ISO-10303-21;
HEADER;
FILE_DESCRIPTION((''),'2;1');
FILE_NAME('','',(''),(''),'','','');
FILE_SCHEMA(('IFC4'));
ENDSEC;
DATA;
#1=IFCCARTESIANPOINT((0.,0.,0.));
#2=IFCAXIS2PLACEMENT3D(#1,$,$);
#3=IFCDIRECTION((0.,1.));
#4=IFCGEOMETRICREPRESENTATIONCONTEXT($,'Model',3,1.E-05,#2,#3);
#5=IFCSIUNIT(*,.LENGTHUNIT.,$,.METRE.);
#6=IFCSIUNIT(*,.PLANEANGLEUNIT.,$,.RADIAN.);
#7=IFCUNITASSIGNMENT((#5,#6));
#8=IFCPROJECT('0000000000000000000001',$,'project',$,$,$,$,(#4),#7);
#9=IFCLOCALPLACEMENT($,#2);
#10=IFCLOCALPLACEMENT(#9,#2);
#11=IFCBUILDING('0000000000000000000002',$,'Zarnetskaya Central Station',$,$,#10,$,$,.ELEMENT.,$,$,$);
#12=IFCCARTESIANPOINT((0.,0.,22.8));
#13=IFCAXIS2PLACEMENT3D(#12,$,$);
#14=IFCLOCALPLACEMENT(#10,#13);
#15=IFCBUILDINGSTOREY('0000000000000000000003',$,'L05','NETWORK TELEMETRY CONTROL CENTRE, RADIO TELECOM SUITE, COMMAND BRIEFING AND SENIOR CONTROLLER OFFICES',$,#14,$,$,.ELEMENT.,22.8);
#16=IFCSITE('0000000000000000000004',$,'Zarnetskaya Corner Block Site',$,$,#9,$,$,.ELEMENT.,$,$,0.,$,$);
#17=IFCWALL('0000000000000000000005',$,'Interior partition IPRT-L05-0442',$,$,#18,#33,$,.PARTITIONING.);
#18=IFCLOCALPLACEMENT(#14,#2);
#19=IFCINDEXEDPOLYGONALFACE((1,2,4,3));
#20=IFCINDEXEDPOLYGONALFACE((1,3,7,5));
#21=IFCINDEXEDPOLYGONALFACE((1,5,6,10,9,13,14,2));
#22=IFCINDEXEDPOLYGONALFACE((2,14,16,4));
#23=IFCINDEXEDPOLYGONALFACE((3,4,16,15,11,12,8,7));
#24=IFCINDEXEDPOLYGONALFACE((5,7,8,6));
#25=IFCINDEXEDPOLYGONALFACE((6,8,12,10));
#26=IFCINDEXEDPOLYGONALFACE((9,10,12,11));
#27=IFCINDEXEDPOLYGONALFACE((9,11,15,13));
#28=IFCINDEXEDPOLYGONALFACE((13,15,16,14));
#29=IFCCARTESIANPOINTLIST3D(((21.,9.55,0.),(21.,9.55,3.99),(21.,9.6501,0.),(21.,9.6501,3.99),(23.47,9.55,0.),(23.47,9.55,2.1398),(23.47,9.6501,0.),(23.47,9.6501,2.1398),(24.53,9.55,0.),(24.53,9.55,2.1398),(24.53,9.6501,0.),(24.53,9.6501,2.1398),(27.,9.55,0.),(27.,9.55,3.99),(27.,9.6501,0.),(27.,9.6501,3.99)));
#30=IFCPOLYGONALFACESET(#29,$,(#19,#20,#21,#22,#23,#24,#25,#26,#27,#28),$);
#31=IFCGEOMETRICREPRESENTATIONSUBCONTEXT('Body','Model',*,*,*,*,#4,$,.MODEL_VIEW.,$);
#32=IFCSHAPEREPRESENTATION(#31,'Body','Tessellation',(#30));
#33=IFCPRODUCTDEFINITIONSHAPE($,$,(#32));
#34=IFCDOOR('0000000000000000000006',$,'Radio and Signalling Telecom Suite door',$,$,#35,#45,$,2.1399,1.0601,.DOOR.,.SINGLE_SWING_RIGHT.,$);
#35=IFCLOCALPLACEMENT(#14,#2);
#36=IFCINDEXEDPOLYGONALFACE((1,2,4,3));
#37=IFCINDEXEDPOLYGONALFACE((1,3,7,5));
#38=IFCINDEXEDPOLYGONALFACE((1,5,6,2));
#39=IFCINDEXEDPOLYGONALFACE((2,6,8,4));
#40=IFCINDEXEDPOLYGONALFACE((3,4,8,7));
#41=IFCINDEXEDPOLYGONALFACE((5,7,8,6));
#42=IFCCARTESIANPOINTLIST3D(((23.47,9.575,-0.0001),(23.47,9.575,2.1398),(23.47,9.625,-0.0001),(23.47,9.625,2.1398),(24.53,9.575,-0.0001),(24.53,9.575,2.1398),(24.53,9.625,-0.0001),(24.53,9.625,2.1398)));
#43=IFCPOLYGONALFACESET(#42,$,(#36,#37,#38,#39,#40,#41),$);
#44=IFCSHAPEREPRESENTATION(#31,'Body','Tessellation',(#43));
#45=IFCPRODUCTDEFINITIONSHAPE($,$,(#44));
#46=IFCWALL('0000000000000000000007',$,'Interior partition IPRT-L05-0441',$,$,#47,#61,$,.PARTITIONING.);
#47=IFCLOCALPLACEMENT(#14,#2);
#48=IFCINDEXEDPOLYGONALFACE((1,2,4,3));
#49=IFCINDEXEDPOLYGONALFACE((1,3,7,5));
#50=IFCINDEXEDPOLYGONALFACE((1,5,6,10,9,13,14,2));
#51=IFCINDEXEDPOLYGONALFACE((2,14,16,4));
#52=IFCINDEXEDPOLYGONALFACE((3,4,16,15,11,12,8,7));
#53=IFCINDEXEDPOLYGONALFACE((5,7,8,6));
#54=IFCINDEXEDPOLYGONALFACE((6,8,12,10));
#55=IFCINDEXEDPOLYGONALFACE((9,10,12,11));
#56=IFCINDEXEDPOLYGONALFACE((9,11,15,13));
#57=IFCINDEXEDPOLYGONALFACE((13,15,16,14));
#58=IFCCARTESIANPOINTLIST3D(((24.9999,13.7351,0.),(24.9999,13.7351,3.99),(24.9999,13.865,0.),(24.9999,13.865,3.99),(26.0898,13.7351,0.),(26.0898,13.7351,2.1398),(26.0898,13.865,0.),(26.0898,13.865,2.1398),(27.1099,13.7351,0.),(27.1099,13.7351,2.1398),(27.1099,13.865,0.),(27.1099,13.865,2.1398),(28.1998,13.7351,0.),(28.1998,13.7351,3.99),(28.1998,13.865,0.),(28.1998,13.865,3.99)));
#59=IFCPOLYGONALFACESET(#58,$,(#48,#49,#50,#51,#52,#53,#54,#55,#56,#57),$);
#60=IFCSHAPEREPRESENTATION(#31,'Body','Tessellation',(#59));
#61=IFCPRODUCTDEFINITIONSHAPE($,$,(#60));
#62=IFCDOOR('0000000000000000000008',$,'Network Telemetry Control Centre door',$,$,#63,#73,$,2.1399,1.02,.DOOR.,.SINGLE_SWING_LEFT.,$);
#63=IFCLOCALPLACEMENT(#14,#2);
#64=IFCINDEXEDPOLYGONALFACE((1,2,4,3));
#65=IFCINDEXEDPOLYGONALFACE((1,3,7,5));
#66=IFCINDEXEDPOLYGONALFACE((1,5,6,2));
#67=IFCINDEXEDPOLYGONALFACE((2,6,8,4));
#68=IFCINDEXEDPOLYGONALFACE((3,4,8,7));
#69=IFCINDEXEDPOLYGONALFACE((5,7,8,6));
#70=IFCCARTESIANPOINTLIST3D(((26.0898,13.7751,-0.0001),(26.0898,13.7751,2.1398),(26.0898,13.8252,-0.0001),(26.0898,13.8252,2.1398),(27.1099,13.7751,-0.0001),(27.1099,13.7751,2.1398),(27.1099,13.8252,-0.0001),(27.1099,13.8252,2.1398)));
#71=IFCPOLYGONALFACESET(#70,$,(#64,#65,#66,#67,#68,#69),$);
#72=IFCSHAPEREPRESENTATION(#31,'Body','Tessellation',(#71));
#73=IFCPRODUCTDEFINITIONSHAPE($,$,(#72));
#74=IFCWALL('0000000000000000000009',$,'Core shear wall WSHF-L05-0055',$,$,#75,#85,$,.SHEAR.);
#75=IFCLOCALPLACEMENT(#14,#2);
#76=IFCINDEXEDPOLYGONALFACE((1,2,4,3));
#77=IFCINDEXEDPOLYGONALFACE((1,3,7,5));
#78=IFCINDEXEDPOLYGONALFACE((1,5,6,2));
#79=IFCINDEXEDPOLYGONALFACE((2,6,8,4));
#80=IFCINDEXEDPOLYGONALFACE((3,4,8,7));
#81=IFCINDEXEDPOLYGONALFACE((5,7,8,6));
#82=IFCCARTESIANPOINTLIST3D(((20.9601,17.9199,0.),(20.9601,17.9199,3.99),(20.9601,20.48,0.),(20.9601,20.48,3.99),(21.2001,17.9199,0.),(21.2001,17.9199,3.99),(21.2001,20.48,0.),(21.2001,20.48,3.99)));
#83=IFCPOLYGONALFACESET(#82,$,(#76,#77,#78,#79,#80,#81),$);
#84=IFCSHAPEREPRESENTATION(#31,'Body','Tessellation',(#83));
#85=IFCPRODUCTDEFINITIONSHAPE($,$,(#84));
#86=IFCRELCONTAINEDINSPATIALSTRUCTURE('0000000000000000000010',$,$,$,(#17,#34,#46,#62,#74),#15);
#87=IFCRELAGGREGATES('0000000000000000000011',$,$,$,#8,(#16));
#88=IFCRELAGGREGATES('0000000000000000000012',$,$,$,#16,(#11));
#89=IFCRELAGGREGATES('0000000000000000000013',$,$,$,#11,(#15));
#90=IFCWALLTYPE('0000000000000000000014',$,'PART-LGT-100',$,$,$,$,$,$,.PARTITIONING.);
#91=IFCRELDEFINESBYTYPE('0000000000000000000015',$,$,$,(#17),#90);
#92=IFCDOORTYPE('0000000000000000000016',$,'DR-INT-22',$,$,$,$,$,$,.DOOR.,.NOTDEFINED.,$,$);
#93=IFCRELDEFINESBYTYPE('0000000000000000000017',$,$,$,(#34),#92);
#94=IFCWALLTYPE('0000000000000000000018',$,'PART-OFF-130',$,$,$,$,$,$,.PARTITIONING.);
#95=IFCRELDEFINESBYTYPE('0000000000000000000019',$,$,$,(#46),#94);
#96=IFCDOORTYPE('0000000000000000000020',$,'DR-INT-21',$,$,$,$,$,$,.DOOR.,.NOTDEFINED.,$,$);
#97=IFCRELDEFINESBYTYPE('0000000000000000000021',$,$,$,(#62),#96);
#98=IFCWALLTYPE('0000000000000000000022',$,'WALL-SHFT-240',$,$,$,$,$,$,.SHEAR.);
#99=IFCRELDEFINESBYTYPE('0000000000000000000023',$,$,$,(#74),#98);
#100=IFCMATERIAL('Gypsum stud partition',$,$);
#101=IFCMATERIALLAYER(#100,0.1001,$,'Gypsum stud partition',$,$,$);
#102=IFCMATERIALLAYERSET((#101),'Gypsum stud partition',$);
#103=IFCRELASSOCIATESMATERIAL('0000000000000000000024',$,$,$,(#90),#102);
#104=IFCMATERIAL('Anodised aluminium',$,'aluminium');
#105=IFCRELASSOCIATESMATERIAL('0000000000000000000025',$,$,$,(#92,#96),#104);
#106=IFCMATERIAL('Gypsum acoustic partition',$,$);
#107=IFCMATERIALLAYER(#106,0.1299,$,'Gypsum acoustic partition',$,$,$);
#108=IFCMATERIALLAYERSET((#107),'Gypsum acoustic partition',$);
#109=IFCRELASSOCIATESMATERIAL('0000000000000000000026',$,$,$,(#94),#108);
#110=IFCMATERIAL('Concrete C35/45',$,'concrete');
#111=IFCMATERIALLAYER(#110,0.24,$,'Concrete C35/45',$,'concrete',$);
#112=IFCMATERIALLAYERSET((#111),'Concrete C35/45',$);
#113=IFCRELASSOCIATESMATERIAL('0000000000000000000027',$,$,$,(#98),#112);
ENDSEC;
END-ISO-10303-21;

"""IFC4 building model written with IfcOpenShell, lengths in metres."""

from ifc_helpers import new_model, si_unit, direction, frame, frame_2d, origin, place, context, subcontext, project, spatial, rectangle, extrude, material, layer, layer_set, type_object, element, fill, save


model = new_model("IFC4")

# Units and contexts
model_context = context("Model", 3, precision=1e-05, world=origin(), true_north=direction((0.0, 1.0)))
body_context = subcontext(model_context, "Body", "Model", "MODEL_VIEW")
ifc_project = project(units=[si_unit("LENGTHUNIT", "METRE"), si_unit("PLANEANGLEUNIT", "RADIAN")], contexts=[model_context])

# Site, building, storey
site_placement = place(None, origin())
site = spatial("IfcSite", under=ifc_project, at=site_placement, Name="Zarnetskaya Corner Block Site", CompositionType="ELEMENT", RefElevation=0.0)
building_placement = place(site_placement, origin())
building = spatial("IfcBuilding", under=site, at=building_placement, Name="Zarnetskaya Central Station", CompositionType="ELEMENT")
storey_placement = place(building_placement, frame((0.0, 0.0, 22.8)))
storey = spatial("IfcBuildingStorey", under=building, at=storey_placement, Name="L05", Description="NETWORK TELEMETRY CONTROL CENTRE, RADIO TELECOM SUITE, COMMAND BRIEFING AND SENIOR CONTROLLER OFFICES", CompositionType="ELEMENT", Elevation=22.8)

# Shared definitions
ifc_material_1 = material(Name="Anodised aluminium", Category="aluminium")

# Walls, openings, doors
ifc_material_2 = material(Name="Gypsum stud partition")
ifc_layer_1 = layer(ifc_material_2, 0.1001, Name="Gypsum stud partition")
ifc_layer_set_1 = layer_set([ifc_layer_1], Name="Gypsum stud partition")
wall_type_1 = type_object("IfcWallType", Name="PART-LGT-100", PredefinedType="PARTITIONING", material=ifc_layer_set_1)
wall_1_placement = place(storey_placement, frame((21.0, 9.6001, 0.0), z_axis=(0.0, 0.0, 1.0), x_axis=(1.0, 0.0, 0.0)))
wall_1 = element("IfcWall", 1, at=wall_1_placement, inside=storey, type_object=wall_type_1, Name="Interior partition IPRT-L05-0442", PredefinedType="PARTITIONING", context=body_context, shape_type="SweptSolid", body=[
    extrude(rectangle(XDim=6.0, YDim=0.1001, at=frame_2d((3.0, 0.0))), origin(), (0.0, 0.0, 1.0), 3.99),
])
opening_1_placement = place(wall_1_placement, frame((2.47, 0.0, 0.0)))
opening_1 = element("IfcOpeningElement", 2, at=opening_1_placement, cuts=wall_1, PredefinedType="OPENING", context=body_context, shape_type="SweptSolid", body=[
    extrude(rectangle(XDim=1.0601, YDim=2.1399, at=frame_2d((0.53, 1.0698))), frame((0.0, 0.0601, 0.0), z_axis=(0.0, -1.0, 0.0), x_axis=(1.0, 0.0, 0.0)), (0.0, 0.0, 1.0), 0.1201),
])
door_type_1 = type_object("IfcDoorType", Name="DR-INT-22", OperationType="NOTDEFINED", PredefinedType="DOOR", material=ifc_material_1)
door_1_placement = place(opening_1_placement, origin())
door_1 = element("IfcDoor", 3, at=door_1_placement, inside=storey, type_object=door_type_1, Name="Radio and Signalling Telecom Suite door", OperationType="SINGLE_SWING_RIGHT", OverallHeight=2.1399, OverallWidth=1.0601, PredefinedType="DOOR", context=body_context, shape_type="SweptSolid", body=[
    extrude(rectangle(XDim=1.0601, YDim=2.1399, at=frame_2d((0.53, 1.0698))), frame((0.0, 0.0249, 0.0), z_axis=(0.0, -1.0, 0.0), x_axis=(1.0, 0.0, 0.0)), (0.0, 0.0, 1.0), 0.05),
])
fill(opening_1, door_1)
ifc_material_3 = material(Name="Gypsum acoustic partition")
ifc_layer_2 = layer(ifc_material_3, 0.1299, Name="Gypsum acoustic partition")
ifc_layer_set_2 = layer_set([ifc_layer_2], Name="Gypsum acoustic partition")
wall_type_2 = type_object("IfcWallType", Name="PART-OFF-130", PredefinedType="PARTITIONING", material=ifc_layer_set_2)
wall_2_placement = place(storey_placement, frame((28.2, 13.8, 0.0), z_axis=(0.0, 0.0, 1.0), x_axis=(-1.0, 0.0, 0.0)))
wall_2 = element("IfcWall", 4, at=wall_2_placement, inside=storey, type_object=wall_type_2, Name="Interior partition IPRT-L05-0441", PredefinedType="PARTITIONING", context=body_context, shape_type="SweptSolid", body=[
    extrude(rectangle(XDim=3.2, YDim=0.1299, at=frame_2d((1.6001, 0.0))), origin(), (0.0, 0.0, 1.0), 3.99),
])
opening_2_placement = place(wall_2_placement, frame((1.0901, 0.0, 0.0)))
opening_2 = element("IfcOpeningElement", 5, at=opening_2_placement, cuts=wall_2, PredefinedType="OPENING", context=body_context, shape_type="SweptSolid", body=[
    extrude(rectangle(XDim=1.02, YDim=2.1399, at=frame_2d((0.51, 1.0698))), frame((0.0, 0.075, 0.0), z_axis=(0.0, -1.0, 0.0), x_axis=(1.0, 0.0, 0.0)), (0.0, 0.0, 1.0), 0.1499),
])
door_type_2 = type_object("IfcDoorType", Name="DR-INT-21", OperationType="NOTDEFINED", PredefinedType="DOOR", material=ifc_material_1)
door_2_placement = place(opening_2_placement, origin())
door_2 = element("IfcDoor", 6, at=door_2_placement, inside=storey, type_object=door_type_2, Name="Network Telemetry Control Centre door", OperationType="SINGLE_SWING_LEFT", OverallHeight=2.1399, OverallWidth=1.02, PredefinedType="DOOR", context=body_context, shape_type="SweptSolid", body=[
    extrude(rectangle(XDim=1.02, YDim=2.1399, at=frame_2d((0.51, 1.0698))), frame((0.0, 0.0249, 0.0), z_axis=(0.0, -1.0, 0.0), x_axis=(1.0, 0.0, 0.0)), (0.0, 0.0, 1.0), 0.05),
])
fill(opening_2, door_2)
ifc_material_4 = material(Name="Concrete C35/45", Category="concrete")
ifc_layer_3 = layer(ifc_material_4, 0.24, Name="Concrete C35/45", Category="concrete")
ifc_layer_set_3 = layer_set([ifc_layer_3], Name="Concrete C35/45")
wall_type_3 = type_object("IfcWallType", Name="WALL-SHFT-240", PredefinedType="SHEAR", material=ifc_layer_set_3)

# Wall
wall_3_placement = place(storey_placement, frame((21.0801, 17.9199, 0.0), z_axis=(0.0, 0.0, 1.0), x_axis=(0.0, 1.0, 0.0)))
element("IfcWall", 7, at=wall_3_placement, inside=storey, type_object=wall_type_3, Name="Core shear wall WSHF-L05-0055", PredefinedType="SHEAR", context=body_context, shape_type="SweptSolid", body=[
    extrude(rectangle(XDim=2.5601, YDim=0.24, at=frame_2d((1.28, 0.0))), origin(), (0.0, 0.0, 1.0), 3.99),
])

save(model, "model.ifc")
